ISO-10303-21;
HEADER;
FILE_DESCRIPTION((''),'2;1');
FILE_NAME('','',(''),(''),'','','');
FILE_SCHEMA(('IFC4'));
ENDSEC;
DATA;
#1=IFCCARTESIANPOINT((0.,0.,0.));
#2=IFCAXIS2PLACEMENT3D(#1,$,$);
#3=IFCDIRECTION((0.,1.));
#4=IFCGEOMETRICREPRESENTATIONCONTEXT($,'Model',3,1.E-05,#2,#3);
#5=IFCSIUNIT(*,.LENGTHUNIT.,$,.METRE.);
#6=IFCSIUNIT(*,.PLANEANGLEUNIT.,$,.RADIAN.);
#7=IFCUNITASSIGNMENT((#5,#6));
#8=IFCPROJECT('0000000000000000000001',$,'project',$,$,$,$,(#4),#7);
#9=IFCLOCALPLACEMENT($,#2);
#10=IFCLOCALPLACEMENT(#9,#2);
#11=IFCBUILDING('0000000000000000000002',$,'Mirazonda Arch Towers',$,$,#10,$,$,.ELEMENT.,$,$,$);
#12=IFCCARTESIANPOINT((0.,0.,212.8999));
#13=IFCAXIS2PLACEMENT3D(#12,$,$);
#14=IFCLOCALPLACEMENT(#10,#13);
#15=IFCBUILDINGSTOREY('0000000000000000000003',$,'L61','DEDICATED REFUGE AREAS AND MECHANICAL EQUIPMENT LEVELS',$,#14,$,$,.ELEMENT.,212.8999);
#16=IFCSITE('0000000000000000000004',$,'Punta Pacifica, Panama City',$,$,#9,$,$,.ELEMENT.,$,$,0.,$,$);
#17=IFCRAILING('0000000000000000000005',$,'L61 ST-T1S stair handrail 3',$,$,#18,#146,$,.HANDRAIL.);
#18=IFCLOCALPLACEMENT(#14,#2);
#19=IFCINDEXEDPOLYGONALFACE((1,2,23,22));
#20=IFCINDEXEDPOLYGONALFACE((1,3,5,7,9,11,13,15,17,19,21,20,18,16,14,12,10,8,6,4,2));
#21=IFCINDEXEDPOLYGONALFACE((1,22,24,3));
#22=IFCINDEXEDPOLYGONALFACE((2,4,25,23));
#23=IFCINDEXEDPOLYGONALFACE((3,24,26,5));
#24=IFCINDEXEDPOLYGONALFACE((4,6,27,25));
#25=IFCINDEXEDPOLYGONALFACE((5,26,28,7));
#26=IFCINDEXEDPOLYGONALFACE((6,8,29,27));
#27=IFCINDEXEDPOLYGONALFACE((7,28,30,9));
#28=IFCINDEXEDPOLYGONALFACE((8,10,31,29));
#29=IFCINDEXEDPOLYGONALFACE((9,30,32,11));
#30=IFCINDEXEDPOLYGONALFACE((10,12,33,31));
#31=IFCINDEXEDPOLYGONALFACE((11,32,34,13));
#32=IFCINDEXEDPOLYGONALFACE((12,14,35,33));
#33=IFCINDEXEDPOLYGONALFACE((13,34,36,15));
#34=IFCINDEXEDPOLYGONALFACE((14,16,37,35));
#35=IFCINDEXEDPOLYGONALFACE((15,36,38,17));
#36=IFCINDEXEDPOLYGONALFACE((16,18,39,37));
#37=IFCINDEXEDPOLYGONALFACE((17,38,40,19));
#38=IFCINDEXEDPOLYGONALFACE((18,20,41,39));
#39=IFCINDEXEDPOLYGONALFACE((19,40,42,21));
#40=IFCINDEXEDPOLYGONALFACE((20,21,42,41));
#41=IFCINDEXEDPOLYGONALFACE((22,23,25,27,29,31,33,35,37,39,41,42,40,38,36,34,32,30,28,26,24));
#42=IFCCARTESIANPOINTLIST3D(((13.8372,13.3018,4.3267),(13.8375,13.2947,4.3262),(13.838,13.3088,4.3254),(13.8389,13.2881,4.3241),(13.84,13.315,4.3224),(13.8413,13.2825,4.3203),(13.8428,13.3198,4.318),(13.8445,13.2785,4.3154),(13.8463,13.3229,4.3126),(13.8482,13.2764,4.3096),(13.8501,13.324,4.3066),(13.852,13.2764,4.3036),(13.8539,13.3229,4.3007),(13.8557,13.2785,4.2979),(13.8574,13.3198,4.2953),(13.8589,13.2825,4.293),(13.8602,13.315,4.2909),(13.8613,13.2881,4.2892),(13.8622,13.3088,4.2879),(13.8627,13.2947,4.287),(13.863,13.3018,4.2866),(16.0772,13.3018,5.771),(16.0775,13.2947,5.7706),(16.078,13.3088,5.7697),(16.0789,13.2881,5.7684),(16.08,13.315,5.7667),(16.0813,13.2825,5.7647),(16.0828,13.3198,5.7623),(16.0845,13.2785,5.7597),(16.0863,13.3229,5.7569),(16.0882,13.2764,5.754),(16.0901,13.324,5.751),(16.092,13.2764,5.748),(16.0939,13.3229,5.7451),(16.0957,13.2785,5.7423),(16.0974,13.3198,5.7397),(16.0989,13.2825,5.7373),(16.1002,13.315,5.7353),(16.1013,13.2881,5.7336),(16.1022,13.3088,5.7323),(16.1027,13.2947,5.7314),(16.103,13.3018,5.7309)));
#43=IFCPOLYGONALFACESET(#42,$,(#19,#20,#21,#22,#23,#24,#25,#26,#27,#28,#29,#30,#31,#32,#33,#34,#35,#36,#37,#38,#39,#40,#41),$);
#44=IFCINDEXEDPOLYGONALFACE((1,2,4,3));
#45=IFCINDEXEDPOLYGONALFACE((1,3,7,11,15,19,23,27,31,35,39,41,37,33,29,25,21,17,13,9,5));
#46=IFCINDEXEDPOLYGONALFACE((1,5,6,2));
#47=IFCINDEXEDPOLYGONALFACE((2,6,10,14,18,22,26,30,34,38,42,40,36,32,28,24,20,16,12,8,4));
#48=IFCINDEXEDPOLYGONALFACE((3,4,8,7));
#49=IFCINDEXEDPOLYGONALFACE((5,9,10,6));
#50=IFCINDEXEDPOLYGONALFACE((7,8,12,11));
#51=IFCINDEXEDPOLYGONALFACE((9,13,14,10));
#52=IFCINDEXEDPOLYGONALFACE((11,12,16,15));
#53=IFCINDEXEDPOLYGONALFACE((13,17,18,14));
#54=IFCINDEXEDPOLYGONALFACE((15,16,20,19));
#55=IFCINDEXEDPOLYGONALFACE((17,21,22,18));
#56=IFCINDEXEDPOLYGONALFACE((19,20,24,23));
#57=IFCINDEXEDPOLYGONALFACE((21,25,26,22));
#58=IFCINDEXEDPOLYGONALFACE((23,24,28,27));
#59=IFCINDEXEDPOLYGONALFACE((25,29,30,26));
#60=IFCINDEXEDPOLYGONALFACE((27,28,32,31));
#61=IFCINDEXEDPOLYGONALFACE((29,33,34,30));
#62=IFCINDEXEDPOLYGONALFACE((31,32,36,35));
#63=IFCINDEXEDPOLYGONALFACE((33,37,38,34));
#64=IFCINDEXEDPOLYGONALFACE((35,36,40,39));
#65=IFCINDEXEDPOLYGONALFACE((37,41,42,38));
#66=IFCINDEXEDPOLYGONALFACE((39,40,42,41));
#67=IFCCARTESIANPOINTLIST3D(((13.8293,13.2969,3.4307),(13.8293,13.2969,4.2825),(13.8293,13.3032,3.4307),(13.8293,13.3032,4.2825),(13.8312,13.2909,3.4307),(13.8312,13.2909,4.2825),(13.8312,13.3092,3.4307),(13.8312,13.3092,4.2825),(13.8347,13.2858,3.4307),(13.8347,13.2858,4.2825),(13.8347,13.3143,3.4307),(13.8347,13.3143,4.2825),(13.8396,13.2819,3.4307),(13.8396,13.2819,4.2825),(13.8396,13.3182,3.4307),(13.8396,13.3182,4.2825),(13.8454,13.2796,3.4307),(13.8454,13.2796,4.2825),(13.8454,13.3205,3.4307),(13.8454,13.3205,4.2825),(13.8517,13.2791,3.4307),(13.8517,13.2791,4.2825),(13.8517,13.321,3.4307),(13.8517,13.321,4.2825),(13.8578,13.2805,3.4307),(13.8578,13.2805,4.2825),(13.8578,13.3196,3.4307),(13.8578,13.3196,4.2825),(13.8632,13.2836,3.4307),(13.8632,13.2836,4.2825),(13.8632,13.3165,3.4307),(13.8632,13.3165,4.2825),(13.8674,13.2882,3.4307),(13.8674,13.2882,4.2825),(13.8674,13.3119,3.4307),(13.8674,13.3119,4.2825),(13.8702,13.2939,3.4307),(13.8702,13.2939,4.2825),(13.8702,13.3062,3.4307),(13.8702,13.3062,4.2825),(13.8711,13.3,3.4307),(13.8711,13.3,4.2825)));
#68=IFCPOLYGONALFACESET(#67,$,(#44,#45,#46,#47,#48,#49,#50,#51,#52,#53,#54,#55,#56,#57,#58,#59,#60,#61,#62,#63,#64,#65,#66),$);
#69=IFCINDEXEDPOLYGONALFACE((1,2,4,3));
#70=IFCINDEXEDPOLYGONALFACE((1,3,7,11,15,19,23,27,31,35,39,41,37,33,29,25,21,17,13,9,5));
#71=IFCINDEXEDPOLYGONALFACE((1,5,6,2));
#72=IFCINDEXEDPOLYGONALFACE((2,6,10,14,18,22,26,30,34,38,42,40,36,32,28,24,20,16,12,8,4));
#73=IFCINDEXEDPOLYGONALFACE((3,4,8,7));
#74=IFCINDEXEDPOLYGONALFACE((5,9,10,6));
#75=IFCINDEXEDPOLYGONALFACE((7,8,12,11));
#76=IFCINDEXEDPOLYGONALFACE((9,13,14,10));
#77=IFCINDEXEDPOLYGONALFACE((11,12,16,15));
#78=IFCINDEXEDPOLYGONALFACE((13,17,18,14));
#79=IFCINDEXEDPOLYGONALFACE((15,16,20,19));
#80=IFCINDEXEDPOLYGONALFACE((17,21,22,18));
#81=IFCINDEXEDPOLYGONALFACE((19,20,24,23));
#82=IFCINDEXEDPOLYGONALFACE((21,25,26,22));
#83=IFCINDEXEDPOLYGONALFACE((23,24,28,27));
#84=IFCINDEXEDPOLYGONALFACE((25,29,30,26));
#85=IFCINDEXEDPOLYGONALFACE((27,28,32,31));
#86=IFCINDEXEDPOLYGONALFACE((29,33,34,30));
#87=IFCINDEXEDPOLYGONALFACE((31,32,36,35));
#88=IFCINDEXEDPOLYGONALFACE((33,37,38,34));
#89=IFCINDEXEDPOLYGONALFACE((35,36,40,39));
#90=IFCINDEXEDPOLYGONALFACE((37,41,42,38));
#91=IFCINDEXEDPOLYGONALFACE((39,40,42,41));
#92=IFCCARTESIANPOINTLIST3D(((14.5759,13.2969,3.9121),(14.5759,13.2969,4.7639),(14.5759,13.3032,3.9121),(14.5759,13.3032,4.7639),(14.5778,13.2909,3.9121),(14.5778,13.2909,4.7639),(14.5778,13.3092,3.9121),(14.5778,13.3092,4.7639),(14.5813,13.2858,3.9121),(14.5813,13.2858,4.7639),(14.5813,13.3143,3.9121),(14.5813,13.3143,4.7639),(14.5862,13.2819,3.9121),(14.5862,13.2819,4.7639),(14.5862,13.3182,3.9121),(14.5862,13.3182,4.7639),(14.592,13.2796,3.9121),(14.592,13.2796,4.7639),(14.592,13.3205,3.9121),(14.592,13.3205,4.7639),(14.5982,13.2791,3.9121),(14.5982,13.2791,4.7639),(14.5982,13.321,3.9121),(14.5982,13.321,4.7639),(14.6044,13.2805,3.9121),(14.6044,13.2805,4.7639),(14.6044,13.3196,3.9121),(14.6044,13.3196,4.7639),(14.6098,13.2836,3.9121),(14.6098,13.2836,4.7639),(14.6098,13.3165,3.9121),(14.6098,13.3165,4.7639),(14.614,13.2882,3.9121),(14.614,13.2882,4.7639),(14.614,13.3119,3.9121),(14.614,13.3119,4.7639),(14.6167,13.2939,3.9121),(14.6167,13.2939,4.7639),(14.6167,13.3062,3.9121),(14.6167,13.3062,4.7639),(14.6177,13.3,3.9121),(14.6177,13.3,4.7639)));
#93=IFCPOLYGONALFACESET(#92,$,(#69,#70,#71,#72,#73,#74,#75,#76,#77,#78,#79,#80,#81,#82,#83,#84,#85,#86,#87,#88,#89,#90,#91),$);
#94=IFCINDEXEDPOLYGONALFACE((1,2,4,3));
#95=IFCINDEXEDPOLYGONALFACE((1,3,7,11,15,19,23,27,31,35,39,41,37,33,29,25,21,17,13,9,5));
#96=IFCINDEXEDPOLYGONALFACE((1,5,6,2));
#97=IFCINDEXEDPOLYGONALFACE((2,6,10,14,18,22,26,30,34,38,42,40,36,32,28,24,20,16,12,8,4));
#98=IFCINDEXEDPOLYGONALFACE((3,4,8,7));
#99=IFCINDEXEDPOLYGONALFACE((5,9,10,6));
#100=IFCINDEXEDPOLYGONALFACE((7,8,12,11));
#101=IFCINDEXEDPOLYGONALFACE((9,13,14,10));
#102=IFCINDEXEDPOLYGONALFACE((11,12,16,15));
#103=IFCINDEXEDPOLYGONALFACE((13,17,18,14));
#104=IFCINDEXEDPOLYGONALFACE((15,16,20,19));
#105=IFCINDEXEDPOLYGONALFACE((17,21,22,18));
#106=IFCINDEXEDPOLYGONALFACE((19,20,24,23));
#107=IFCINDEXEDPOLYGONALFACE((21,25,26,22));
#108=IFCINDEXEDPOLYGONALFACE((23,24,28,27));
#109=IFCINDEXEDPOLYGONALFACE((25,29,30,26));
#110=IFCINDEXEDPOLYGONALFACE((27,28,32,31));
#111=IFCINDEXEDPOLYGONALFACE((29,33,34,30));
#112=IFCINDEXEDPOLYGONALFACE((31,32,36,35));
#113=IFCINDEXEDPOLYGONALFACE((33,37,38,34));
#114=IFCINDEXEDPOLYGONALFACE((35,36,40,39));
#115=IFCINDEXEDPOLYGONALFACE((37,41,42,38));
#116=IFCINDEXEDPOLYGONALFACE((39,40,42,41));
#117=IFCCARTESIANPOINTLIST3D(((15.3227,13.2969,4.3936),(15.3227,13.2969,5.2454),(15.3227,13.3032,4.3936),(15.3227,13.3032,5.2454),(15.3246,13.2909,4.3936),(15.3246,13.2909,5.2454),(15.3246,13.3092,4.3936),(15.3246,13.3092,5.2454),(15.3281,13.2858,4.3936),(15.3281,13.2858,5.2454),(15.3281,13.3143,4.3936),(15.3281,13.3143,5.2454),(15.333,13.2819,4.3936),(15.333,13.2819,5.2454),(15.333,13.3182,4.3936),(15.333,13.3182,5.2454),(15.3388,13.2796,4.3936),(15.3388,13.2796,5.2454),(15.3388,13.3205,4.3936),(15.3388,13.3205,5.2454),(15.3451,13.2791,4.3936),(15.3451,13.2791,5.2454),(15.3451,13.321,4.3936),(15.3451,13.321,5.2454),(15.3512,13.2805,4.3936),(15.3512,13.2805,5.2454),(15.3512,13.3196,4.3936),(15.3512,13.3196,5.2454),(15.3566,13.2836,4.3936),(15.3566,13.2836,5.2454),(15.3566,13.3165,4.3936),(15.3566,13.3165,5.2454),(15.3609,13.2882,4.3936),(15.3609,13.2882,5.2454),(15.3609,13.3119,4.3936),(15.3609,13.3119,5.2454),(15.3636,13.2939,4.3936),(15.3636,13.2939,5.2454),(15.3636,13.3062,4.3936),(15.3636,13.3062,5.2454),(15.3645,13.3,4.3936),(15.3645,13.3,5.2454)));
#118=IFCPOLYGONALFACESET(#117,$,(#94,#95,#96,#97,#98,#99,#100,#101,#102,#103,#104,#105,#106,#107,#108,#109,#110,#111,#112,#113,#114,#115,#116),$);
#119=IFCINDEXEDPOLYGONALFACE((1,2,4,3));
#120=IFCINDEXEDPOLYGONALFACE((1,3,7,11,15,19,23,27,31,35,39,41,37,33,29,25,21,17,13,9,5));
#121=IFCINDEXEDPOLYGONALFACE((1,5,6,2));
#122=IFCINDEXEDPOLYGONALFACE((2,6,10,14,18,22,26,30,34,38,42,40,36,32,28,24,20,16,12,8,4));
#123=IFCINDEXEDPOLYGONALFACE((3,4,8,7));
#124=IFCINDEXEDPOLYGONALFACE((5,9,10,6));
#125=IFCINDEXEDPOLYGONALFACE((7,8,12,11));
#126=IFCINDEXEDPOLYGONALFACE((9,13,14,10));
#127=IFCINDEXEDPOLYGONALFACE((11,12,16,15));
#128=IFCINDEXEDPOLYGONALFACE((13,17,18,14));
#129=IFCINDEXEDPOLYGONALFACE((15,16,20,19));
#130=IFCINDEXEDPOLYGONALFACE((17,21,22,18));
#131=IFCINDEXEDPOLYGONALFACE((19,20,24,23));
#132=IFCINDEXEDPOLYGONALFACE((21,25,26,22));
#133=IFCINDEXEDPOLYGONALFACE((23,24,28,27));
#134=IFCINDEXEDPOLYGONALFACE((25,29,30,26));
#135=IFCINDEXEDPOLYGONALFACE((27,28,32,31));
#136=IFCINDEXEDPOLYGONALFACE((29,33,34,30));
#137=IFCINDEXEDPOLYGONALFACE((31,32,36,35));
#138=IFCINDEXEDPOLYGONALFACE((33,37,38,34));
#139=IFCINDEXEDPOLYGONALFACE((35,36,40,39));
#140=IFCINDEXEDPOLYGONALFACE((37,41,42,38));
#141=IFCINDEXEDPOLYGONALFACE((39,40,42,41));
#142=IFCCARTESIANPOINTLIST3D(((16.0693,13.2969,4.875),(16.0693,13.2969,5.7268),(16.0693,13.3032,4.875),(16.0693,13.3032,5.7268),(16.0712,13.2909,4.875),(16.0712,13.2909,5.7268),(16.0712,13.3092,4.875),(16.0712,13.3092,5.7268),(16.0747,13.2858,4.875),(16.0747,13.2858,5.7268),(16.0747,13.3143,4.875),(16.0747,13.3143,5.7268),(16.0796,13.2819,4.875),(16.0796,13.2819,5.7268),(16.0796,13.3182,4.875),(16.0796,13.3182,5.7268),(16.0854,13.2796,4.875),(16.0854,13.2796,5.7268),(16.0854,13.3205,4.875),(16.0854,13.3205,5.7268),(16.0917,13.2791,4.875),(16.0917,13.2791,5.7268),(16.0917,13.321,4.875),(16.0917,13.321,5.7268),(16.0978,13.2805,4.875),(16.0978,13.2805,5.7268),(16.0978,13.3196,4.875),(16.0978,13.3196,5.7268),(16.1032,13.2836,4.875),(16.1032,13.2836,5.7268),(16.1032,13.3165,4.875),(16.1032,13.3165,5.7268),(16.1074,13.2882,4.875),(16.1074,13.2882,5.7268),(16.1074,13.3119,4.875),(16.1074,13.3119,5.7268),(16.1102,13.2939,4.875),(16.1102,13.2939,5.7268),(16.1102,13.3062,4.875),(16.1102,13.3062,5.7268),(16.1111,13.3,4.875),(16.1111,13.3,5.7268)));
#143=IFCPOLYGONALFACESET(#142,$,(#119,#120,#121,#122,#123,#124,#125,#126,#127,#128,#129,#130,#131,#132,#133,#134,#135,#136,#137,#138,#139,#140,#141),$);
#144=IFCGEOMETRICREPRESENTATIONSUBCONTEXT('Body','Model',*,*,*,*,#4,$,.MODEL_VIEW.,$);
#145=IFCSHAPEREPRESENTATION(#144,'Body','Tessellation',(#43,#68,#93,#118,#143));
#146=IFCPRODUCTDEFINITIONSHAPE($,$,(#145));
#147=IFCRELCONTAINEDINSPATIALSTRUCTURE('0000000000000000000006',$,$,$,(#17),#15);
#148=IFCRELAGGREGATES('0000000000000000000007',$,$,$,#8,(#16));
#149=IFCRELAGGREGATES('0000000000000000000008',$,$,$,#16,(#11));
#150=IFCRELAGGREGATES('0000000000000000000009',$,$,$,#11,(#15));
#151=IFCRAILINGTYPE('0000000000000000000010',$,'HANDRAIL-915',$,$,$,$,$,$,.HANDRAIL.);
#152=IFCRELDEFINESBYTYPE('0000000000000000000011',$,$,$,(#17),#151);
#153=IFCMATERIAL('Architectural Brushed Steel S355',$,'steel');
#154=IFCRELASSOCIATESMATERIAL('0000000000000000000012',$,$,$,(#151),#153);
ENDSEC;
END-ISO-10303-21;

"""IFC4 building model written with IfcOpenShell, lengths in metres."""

from ifc_helpers import new_model, si_unit, direction, frame, origin, origin_2d, place, context, subcontext, project, spatial, circle, extrude, material, type_object, element, save


model = new_model("IFC4")

# Units and contexts
model_context = context("Model", 3, precision=1e-05, world=origin(), true_north=direction((0.0, 1.0)))
body_context = subcontext(model_context, "Body", "Model", "MODEL_VIEW")
ifc_project = project(units=[si_unit("LENGTHUNIT", "METRE"), si_unit("PLANEANGLEUNIT", "RADIAN")], contexts=[model_context])

# Site, building, storey
site_placement = place(None, origin())
site = spatial("IfcSite", under=ifc_project, at=site_placement, Name="Punta Pacifica, Panama City", CompositionType="ELEMENT", RefElevation=0.0)
building_placement = place(site_placement, origin())
building = spatial("IfcBuilding", under=site, at=building_placement, Name="Mirazonda Arch Towers", CompositionType="ELEMENT")
storey_placement = place(building_placement, frame((0.0, 0.0, 212.8999)))
storey = spatial("IfcBuildingStorey", under=building, at=storey_placement, Name="L61", Description="DEDICATED REFUGE AREAS AND MECHANICAL EQUIPMENT LEVELS", CompositionType="ELEMENT", Elevation=212.8999)

# Shared definitions
ifc_material_1 = material(Name="Architectural Brushed Steel S355", Category="steel")

# Railing
railing_type_1 = type_object("IfcRailingType", Name="HANDRAIL-915", PredefinedType="HANDRAIL", material=ifc_material_1)
for number, where, name in (
    (1, (13.8501, 13.3, 3.4307), "L61 ST-T1S stair handrail 3"),
):
    element("IfcRailing", number, at=place(storey_placement, frame(where)), inside=storey, type_object=railing_type_1, Name=name, PredefinedType="HANDRAIL", context=body_context, shape_type="SweptSolid", body=[
        extrude(circle(Radius=0.0239, at=origin_2d()), frame((0.0, 0.0, 0.876), z_axis=(0.840437, 0.0, 0.54191), x_axis=(0.0, 1.0, 0.0)), (0.0, 0.0, 1.0), 2.6653),
        extrude(circle(Radius=0.021, at=origin_2d()), origin(), (0.0, 0.0, 1.0), 0.8518),
        extrude(circle(Radius=0.021, at=origin_2d()), frame((0.7466, 0.0, 0.4814)), (0.0, 0.0, 1.0), 0.8518),
        extrude(circle(Radius=0.021, at=origin_2d()), frame((1.4934, 0.0, 0.9629)), (0.0, 0.0, 1.0), 0.8518),
        extrude(circle(Radius=0.021, at=origin_2d()), frame((2.24, 0.0, 1.4443)), (0.0, 0.0, 1.0), 0.8518),
    ])

save(model, "model.ifc")
